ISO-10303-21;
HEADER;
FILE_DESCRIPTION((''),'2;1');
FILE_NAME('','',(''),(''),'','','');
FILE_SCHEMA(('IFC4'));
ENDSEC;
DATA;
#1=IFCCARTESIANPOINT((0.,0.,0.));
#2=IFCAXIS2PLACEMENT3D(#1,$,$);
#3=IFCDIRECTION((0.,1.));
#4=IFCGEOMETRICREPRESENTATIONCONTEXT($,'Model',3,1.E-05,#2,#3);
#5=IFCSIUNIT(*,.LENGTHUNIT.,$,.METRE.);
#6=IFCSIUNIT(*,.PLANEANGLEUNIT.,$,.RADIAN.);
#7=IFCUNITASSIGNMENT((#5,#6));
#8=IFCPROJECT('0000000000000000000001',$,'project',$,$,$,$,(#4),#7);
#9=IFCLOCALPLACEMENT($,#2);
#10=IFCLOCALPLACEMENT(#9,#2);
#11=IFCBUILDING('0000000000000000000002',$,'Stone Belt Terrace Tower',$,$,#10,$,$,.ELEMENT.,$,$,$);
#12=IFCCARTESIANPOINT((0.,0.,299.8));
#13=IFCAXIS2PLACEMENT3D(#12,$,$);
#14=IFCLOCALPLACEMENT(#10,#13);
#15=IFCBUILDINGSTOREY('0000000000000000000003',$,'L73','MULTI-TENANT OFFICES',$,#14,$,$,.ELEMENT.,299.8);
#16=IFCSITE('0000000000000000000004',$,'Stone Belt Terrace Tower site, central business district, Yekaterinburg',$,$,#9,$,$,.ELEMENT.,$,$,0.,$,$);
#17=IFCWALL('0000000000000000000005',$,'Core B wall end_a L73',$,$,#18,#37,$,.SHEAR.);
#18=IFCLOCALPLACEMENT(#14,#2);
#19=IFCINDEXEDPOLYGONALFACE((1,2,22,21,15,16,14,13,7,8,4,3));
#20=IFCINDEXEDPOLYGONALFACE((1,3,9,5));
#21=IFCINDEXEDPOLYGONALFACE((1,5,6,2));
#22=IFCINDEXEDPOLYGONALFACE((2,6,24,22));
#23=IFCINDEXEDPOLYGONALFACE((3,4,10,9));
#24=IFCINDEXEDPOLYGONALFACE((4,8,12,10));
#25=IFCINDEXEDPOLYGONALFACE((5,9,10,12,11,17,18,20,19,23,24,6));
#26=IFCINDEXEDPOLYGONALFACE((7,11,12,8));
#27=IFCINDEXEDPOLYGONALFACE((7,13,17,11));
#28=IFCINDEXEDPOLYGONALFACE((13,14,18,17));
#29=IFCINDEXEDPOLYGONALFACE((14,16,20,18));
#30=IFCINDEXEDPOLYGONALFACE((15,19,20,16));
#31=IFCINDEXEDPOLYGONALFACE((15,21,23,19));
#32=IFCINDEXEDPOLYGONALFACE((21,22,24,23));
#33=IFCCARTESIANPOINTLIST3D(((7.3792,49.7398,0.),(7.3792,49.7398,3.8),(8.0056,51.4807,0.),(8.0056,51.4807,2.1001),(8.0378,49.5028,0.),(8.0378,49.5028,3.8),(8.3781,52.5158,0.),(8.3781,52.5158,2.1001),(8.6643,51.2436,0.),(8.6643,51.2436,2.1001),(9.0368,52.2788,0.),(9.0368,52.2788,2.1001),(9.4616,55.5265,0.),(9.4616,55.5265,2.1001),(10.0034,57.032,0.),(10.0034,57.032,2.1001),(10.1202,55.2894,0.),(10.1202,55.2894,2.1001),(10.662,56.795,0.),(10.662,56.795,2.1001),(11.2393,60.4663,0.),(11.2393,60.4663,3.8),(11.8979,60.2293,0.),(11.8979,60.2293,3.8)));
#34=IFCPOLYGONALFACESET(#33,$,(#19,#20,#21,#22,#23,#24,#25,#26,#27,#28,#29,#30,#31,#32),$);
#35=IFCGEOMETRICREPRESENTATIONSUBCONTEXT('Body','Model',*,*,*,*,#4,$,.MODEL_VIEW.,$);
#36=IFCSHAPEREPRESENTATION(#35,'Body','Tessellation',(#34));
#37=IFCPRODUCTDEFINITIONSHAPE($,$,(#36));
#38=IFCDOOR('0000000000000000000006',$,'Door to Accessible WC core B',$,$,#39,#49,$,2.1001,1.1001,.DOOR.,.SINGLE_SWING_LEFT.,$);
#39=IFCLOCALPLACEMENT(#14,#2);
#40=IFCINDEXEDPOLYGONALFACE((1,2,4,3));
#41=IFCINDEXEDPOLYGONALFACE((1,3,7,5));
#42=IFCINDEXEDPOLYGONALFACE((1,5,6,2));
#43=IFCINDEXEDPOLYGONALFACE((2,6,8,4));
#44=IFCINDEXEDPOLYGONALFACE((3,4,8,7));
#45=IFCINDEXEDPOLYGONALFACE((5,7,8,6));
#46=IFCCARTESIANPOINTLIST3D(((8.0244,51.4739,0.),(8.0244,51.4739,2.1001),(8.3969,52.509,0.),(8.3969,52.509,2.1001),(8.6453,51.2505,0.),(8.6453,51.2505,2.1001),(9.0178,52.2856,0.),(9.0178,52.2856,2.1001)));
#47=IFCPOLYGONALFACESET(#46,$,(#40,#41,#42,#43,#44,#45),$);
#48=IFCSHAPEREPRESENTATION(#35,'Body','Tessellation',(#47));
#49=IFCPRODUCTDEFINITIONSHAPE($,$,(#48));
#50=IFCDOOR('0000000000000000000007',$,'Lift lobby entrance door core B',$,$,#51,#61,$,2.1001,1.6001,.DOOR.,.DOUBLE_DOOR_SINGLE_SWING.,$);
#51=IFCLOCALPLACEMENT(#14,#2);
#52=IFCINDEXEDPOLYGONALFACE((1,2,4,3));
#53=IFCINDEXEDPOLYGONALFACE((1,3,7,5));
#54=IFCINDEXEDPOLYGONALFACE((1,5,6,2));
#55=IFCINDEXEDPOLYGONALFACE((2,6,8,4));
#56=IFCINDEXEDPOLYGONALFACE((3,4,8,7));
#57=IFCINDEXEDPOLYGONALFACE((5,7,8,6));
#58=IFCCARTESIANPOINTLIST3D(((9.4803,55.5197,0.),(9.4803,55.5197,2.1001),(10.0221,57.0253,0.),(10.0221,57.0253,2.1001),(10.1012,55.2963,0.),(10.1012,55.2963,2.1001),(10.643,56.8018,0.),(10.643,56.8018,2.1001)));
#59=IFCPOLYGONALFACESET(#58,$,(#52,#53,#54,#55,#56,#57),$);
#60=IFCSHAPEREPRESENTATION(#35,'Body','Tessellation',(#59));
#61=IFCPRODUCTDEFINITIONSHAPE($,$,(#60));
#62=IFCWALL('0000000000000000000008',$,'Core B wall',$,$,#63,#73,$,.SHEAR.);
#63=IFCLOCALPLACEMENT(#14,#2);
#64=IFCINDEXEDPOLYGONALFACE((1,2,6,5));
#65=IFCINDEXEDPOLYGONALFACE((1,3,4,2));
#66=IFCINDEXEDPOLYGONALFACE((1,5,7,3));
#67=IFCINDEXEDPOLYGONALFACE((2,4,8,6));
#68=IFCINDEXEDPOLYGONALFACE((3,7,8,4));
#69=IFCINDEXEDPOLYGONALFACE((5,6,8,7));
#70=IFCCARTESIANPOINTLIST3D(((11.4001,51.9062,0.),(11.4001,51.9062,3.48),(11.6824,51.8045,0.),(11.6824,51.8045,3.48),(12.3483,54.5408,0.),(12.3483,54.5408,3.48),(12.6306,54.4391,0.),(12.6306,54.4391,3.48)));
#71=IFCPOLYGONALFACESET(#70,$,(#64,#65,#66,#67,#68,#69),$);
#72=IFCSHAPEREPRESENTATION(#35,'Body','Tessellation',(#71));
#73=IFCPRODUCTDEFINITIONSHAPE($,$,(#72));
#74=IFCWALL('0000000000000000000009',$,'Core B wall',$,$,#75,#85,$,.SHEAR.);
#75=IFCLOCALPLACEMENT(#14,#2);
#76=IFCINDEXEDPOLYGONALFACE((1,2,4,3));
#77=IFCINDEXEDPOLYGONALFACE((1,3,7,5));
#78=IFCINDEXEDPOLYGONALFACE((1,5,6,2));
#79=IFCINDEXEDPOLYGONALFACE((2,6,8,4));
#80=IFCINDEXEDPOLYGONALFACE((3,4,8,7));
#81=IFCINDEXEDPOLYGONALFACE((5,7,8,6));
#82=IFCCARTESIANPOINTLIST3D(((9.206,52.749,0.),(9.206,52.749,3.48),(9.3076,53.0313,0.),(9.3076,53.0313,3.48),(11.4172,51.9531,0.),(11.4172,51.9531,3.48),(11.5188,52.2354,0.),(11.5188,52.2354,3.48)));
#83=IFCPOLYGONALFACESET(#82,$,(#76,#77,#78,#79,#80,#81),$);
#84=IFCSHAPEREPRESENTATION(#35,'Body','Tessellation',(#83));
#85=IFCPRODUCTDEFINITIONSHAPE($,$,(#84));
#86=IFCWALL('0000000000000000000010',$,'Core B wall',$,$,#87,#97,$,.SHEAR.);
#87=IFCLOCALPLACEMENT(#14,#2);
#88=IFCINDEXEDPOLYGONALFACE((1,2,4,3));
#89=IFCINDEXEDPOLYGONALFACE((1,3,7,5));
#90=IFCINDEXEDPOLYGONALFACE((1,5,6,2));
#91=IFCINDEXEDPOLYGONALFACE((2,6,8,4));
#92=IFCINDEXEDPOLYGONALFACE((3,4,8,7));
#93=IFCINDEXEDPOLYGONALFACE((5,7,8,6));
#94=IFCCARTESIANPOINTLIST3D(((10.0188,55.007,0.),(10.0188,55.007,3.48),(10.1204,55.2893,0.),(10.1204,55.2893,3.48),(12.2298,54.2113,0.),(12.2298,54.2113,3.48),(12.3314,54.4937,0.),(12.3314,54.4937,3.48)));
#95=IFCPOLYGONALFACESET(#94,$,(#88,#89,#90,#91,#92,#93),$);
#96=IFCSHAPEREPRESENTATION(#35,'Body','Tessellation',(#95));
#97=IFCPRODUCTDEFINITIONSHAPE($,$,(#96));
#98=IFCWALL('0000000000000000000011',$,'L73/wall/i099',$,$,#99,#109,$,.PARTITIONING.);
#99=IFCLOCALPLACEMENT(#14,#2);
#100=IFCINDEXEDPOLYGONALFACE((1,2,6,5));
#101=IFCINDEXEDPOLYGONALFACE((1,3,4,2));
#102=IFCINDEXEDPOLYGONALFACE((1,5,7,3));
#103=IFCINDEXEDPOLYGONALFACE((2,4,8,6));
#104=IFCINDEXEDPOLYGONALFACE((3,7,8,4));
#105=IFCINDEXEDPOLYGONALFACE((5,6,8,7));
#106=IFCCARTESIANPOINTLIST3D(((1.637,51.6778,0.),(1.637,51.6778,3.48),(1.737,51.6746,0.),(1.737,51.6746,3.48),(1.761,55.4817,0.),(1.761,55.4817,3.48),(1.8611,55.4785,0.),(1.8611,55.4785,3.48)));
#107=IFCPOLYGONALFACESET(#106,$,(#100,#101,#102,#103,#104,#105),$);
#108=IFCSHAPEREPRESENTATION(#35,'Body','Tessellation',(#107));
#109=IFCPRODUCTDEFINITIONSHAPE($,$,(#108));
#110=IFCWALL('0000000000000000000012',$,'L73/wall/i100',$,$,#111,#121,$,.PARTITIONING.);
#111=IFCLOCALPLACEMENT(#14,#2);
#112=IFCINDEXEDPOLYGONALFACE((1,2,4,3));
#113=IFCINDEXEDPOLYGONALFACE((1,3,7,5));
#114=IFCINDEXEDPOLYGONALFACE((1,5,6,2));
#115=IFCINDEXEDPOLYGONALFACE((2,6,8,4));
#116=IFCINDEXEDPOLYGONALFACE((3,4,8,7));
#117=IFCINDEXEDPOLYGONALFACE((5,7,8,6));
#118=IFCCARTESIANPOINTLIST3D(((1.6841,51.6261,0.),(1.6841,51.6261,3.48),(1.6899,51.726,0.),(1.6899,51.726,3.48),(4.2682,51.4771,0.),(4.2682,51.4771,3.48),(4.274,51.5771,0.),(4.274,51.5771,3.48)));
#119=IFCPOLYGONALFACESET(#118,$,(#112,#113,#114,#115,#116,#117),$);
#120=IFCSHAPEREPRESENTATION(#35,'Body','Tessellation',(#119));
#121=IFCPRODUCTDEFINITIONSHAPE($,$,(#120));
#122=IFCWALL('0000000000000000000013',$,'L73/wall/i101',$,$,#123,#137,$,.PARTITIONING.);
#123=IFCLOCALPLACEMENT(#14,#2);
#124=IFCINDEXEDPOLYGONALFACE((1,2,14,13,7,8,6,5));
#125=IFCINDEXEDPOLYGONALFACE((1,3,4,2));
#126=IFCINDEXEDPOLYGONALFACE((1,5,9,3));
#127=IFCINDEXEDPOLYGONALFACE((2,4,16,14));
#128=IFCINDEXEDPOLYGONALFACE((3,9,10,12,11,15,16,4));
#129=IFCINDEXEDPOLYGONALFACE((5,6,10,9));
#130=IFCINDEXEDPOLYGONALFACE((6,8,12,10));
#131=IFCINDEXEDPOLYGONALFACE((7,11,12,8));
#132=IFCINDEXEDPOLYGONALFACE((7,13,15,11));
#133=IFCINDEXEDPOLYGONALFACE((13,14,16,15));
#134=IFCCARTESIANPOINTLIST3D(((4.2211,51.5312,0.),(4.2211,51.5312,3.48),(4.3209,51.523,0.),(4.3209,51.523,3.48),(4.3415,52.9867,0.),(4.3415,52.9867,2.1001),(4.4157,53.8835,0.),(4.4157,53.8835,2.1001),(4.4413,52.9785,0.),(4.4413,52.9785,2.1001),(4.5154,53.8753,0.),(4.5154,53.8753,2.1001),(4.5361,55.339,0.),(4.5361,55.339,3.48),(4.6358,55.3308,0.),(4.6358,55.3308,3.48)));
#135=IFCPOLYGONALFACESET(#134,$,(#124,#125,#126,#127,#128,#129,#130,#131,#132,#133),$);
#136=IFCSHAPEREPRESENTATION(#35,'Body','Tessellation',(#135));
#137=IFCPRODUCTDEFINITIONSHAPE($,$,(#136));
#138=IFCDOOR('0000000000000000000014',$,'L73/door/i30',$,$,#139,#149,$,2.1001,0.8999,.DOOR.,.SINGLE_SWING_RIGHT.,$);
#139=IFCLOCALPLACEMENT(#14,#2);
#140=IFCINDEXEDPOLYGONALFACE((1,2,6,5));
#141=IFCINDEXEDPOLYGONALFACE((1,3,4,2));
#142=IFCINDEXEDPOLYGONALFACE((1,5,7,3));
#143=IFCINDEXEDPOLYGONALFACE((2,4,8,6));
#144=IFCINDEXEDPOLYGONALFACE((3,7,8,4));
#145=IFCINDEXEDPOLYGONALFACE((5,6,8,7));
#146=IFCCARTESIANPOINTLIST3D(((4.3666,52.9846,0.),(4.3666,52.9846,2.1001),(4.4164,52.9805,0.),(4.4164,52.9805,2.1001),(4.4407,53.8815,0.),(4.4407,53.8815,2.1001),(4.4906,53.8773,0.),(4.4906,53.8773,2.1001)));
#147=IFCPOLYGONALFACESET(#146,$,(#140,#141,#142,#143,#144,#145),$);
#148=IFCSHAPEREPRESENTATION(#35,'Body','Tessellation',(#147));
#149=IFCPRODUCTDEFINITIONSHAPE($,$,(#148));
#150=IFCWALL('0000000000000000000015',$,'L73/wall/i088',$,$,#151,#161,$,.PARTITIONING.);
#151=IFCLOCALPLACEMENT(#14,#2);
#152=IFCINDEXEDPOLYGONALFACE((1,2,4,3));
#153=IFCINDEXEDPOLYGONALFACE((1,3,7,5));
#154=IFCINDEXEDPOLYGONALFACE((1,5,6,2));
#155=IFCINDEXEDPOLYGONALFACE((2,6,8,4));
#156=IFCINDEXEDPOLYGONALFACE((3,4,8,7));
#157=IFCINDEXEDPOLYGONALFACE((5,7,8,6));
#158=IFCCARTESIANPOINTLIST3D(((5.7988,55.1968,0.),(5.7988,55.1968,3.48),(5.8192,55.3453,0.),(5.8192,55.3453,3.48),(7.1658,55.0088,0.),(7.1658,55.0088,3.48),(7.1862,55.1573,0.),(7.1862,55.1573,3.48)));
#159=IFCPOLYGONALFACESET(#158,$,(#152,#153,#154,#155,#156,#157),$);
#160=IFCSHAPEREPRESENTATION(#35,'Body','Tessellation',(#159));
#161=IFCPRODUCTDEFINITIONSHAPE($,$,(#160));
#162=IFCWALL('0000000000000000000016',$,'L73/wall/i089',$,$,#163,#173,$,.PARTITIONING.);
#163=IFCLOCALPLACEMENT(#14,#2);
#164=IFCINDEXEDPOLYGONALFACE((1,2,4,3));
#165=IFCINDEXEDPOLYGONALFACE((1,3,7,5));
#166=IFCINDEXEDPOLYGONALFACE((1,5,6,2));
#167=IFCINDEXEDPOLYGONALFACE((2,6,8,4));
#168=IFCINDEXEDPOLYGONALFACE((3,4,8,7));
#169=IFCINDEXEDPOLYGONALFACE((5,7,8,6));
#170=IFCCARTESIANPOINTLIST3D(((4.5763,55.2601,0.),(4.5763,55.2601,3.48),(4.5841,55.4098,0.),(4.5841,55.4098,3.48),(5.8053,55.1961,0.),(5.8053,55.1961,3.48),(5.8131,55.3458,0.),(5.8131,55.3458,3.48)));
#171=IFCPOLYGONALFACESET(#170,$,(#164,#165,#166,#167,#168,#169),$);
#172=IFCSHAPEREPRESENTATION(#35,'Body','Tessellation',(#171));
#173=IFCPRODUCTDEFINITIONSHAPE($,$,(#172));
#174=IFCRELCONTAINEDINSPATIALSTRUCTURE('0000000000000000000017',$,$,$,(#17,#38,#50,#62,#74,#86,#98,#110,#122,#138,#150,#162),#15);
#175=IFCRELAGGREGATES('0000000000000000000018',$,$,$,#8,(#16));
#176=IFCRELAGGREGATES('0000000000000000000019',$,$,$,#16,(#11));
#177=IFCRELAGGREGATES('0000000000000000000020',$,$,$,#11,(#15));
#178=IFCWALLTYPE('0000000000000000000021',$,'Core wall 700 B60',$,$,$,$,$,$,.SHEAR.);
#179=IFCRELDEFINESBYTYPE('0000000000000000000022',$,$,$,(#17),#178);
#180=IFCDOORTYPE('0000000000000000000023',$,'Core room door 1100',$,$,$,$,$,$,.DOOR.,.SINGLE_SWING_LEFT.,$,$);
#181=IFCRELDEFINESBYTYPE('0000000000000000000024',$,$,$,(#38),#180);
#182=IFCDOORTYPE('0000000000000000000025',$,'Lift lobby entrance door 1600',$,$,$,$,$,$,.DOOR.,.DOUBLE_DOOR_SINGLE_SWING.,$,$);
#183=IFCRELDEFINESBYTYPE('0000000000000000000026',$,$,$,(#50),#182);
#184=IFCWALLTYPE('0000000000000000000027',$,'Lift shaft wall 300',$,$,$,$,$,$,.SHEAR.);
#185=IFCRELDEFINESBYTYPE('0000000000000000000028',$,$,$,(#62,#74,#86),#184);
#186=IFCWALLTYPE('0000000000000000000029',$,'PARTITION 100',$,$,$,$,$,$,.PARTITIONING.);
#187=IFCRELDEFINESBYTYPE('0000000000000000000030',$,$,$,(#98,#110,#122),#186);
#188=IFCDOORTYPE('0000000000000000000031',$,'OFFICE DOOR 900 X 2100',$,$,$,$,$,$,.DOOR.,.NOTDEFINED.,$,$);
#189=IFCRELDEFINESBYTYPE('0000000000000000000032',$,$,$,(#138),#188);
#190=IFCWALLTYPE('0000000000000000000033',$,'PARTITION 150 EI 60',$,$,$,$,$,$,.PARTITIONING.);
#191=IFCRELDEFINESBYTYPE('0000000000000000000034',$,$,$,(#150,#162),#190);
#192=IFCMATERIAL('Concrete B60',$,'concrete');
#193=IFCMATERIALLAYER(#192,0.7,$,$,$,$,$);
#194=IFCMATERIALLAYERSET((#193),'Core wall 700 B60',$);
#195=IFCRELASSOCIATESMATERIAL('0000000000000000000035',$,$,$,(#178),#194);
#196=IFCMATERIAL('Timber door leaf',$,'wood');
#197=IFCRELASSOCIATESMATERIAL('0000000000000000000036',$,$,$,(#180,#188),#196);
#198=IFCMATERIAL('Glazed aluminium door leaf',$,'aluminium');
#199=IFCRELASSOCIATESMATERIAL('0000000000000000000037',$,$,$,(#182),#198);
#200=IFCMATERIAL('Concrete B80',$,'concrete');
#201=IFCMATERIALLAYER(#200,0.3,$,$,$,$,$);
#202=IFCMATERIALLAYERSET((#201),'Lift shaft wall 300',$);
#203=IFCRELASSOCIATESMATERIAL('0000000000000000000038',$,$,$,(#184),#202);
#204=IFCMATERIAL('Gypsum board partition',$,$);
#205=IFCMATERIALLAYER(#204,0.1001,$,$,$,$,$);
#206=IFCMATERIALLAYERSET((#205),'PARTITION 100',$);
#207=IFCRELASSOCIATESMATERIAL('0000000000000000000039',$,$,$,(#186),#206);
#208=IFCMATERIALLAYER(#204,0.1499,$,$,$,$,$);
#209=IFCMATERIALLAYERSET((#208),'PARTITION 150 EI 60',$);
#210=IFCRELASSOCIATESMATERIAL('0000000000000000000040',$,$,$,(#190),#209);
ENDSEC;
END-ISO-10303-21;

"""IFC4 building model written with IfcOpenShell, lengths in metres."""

from ifc_helpers import new_model, si_unit, direction, frame, frame_2d, origin, place, context, subcontext, project, spatial, rectangle, extrude, material, layer, layer_set, type_object, element, fill, save


model = new_model("IFC4")

# Units and contexts
model_context = context("Model", 3, precision=1e-05, world=origin(), true_north=direction((0.0, 1.0)))
body_context = subcontext(model_context, "Body", "Model", "MODEL_VIEW")
ifc_project = project(units=[si_unit("LENGTHUNIT", "METRE"), si_unit("PLANEANGLEUNIT", "RADIAN")], contexts=[model_context])

# Site, building, storey
site_placement = place(None, origin())
site = spatial("IfcSite", under=ifc_project, at=site_placement, Name="Stone Belt Terrace Tower site, central business district, Yekaterinburg", CompositionType="ELEMENT", RefElevation=0.0)
building_placement = place(site_placement, origin())
building = spatial("IfcBuilding", under=site, at=building_placement, Name="Stone Belt Terrace Tower", CompositionType="ELEMENT")
storey_placement = place(building_placement, frame((0.0, 0.0, 299.8)))
storey = spatial("IfcBuildingStorey", under=building, at=storey_placement, Name="L73", Description="MULTI-TENANT OFFICES", CompositionType="ELEMENT", Elevation=299.8)

# Shared definitions
ifc_material_1 = material(Name="Concrete B60", Category="concrete")

# Shared definitions
ifc_material_2 = material(Name="Timber door leaf", Category="wood")

# Wall, openings, doors
ifc_layer_1 = layer(ifc_material_1, 0.7)
ifc_layer_set_1 = layer_set([ifc_layer_1], Name="Core wall 700 B60")
wall_type_1 = type_object("IfcWallType", Name="Core wall 700 B60", PredefinedType="SHEAR", material=ifc_layer_set_1)
door_type_1 = type_object("IfcDoorType", Name="Core room door 1100", OperationType="SINGLE_SWING_LEFT", PredefinedType="DOOR", material=ifc_material_2)
wall_1_placement = place(storey_placement, frame((7.7085, 49.6213, 0.0), z_axis=(0.0, 0.0, 1.0), x_axis=(0.338606, 0.940928, 0.0)))
wall_1 = element("IfcWall", 1, at=wall_1_placement, inside=storey, type_object=wall_type_1, Name="Core B wall end_a L73", PredefinedType="SHEAR", context=body_context, shape_type="SweptSolid", body=[
    extrude(rectangle(XDim=11.3999, YDim=0.7, at=frame_2d((5.7, 0.0))), origin(), (0.0, 0.0, 1.0), 3.8),
])
opening_1_placement = place(wall_1_placement, frame((6.1499, 0.0, 0.0)))
opening_1 = element("IfcOpeningElement", 2, at=opening_1_placement, cuts=wall_1, PredefinedType="OPENING", context=body_context, shape_type="SweptSolid", body=[
    extrude(rectangle(XDim=1.6001, YDim=2.1001, at=frame_2d((0.8, 1.05))), frame((0.0, 0.3599, 0.0), z_axis=(0.0, -1.0, 0.0), x_axis=(1.0, 0.0, 0.0)), (0.0, 0.0, 1.0), 0.72),
])
opening_2_placement = place(wall_1_placement, frame((1.8501, 0.0, 0.0)))
opening_2 = element("IfcOpeningElement", 3, at=opening_2_placement, cuts=wall_1, PredefinedType="OPENING", context=body_context, shape_type="SweptSolid", body=[
    extrude(rectangle(XDim=1.1001, YDim=2.1001, at=frame_2d((0.55, 1.05))), frame((0.0, 0.3599, 0.0), z_axis=(0.0, -1.0, 0.0), x_axis=(1.0, 0.0, 0.0)), (0.0, 0.0, 1.0), 0.72),
])
door_1_placement = place(opening_2_placement, origin())
door_1 = element("IfcDoor", 4, at=door_1_placement, inside=storey, type_object=door_type_1, Name="Door to Accessible WC core B", OperationType="SINGLE_SWING_LEFT", OverallHeight=2.1001, OverallWidth=1.1001, PredefinedType="DOOR", context=body_context, shape_type="SweptSolid", body=[
    extrude(rectangle(XDim=1.1001, YDim=2.1001, at=frame_2d((0.55, 1.05))), frame((0.0, 0.3301, 0.0), z_axis=(0.0, -1.0, 0.0), x_axis=(1.0, 0.0, 0.0)), (0.0, 0.0, 1.0), 0.6599),
])
fill(opening_2, door_1)
ifc_material_3 = material(Name="Glazed aluminium door leaf", Category="aluminium")
door_type_2 = type_object("IfcDoorType", Name="Lift lobby entrance door 1600", OperationType="DOUBLE_DOOR_SINGLE_SWING", PredefinedType="DOOR", material=ifc_material_3)
door_2_placement = place(opening_1_placement, origin())
door_2 = element("IfcDoor", 5, at=door_2_placement, inside=storey, type_object=door_type_2, Name="Lift lobby entrance door core B", OperationType="DOUBLE_DOOR_SINGLE_SWING", OverallHeight=2.1001, OverallWidth=1.6001, PredefinedType="DOOR", context=body_context, shape_type="SweptSolid", body=[
    extrude(rectangle(XDim=1.6001, YDim=2.1001, at=frame_2d((0.8, 1.05))), frame((0.0, 0.3301, 0.0), z_axis=(0.0, -1.0, 0.0), x_axis=(1.0, 0.0, 0.0)), (0.0, 0.0, 1.0), 0.6599),
])
fill(opening_1, door_2)

# Walls
ifc_material_4 = material(Name="Concrete B80", Category="concrete")
ifc_layer_2 = layer(ifc_material_4, 0.3)
ifc_layer_set_2 = layer_set([ifc_layer_2], Name="Lift shaft wall 300")
wall_type_2 = type_object("IfcWallType", Name="Lift shaft wall 300", PredefinedType="SHEAR", material=ifc_layer_set_2)
wall_2_placement = place(storey_placement, frame((11.5413, 51.8555, 0.0), z_axis=(0.0, 0.0, 1.0), x_axis=(0.338661, 0.940909, 0.0)))
element("IfcWall", 6, at=wall_2_placement, inside=storey, type_object=wall_type_2, Name="Core B wall", PredefinedType="SHEAR", context=body_context, shape_type="SweptSolid", body=[
    extrude(rectangle(XDim=2.8, YDim=0.3, at=frame_2d((1.3999, 0.0))), origin(), (0.0, 0.0, 1.0), 3.48),
])
wall_3_placement = place(storey_placement, frame((11.468, 52.0942, 0.0), z_axis=(0.0, 0.0, 1.0), x_axis=(-0.940905, 0.338672, 0.0)))
element("IfcWall", 7, at=wall_3_placement, inside=storey, type_object=wall_type_2, Name="Core B wall", PredefinedType="SHEAR", context=body_context, shape_type="SweptSolid", body=[
    extrude(rectangle(XDim=2.3501, YDim=0.3, at=frame_2d((1.175, 0.0))), origin(), (0.0, 0.0, 1.0), 3.48),
])
wall_4_placement = place(storey_placement, frame((12.2805, 54.3525, 0.0), z_axis=(0.0, 0.0, 1.0), x_axis=(-0.940926, 0.338613, 0.0)))
element("IfcWall", 8, at=wall_4_placement, inside=storey, type_object=wall_type_2, Name="Core B wall", PredefinedType="SHEAR", context=body_context, shape_type="SweptSolid", body=[
    extrude(rectangle(XDim=2.3499, YDim=0.3, at=frame_2d((1.1748, 0.0))), origin(), (0.0, 0.0, 1.0), 3.48),
])
ifc_material_5 = material(Name="Gypsum board partition")
ifc_layer_3 = layer(ifc_material_5, 0.1001)
ifc_layer_set_3 = layer_set([ifc_layer_3], Name="PARTITION 100")
wall_type_3 = type_object("IfcWallType", Name="PARTITION 100", PredefinedType="PARTITIONING", material=ifc_layer_set_3)
wall_5_placement = place(storey_placement, frame((1.811, 55.48, 0.0), z_axis=(0.0, 0.0, 1.0), x_axis=(-0.032586, -0.999469, 0.0)))
element("IfcWall", 9, at=wall_5_placement, inside=storey, type_object=wall_type_3, Name="L73/wall/i099", PredefinedType="PARTITIONING", context=body_context, shape_type="SweptSolid", body=[
    extrude(rectangle(XDim=3.8059, YDim=0.1001, at=frame_2d((1.9028, 0.0))), origin(), (0.0, 0.0, 1.0), 3.48),
])
wall_6_placement = place(storey_placement, frame((1.687, 51.676, 0.0), z_axis=(0.0, 0.0, 1.0), x_axis=(0.998343, -0.057539, 0.0)))
element("IfcWall", 10, at=wall_6_placement, inside=storey, type_object=wall_type_3, Name="L73/wall/i100", PredefinedType="PARTITIONING", context=body_context, shape_type="SweptSolid", body=[
    extrude(rectangle(XDim=2.5884, YDim=0.1001, at=frame_2d((1.2942, 0.0))), origin(), (0.0, 0.0, 1.0), 3.48),
])

# Wall, opening, door
wall_7_placement = place(storey_placement, frame((4.271, 51.5271, 0.0), z_axis=(0.0, 0.0, 1.0), x_axis=(0.082427, 0.996597, 0.0)))
wall_7 = element("IfcWall", 11, at=wall_7_placement, inside=storey, type_object=wall_type_3, Name="L73/wall/i101", PredefinedType="PARTITIONING", context=body_context, shape_type="SweptSolid", body=[
    extrude(rectangle(XDim=3.8208, YDim=0.1001, at=frame_2d((1.9104, 0.0))), origin(), (0.0, 0.0, 1.0), 3.48),
])
opening_3_placement = place(wall_7_placement, frame((1.4604, 0.0, 0.0)))
opening_3 = element("IfcOpeningElement", 12, at=opening_3_placement, cuts=wall_7, PredefinedType="OPENING", context=body_context, shape_type="SweptSolid", body=[
    extrude(rectangle(XDim=0.8999, YDim=2.1001, at=frame_2d((0.45, 1.05))), frame((0.0, 0.0601, 0.0), z_axis=(0.0, -1.0, 0.0), x_axis=(1.0, 0.0, 0.0)), (0.0, 0.0, 1.0), 0.1201),
])
door_type_3 = type_object("IfcDoorType", Name="OFFICE DOOR 900 X 2100", OperationType="NOTDEFINED", PredefinedType="DOOR", material=ifc_material_2)
door_3_placement = place(opening_3_placement, origin())
door_3 = element("IfcDoor", 13, at=door_3_placement, inside=storey, type_object=door_type_3, Name="L73/door/i30", OperationType="SINGLE_SWING_RIGHT", OverallHeight=2.1001, OverallWidth=0.8999, PredefinedType="DOOR", context=body_context, shape_type="SweptSolid", body=[
    extrude(rectangle(XDim=0.8999, YDim=2.1001, at=frame_2d((0.45, 1.05))), frame((0.0, 0.0249, 0.0), z_axis=(0.0, -1.0, 0.0), x_axis=(1.0, 0.0, 0.0)), (0.0, 0.0, 1.0), 0.05),
])
fill(opening_3, door_3)

# Walls
ifc_layer_4 = layer(ifc_material_5, 0.1499)
ifc_layer_set_4 = layer_set([ifc_layer_4], Name="PARTITION 150 EI 60")
wall_type_4 = type_object("IfcWallType", Name="PARTITION 150 EI 60", PredefinedType="PARTITIONING", material=ifc_layer_set_4)
wall_8_placement = place(storey_placement, frame((7.176, 55.083, 0.0), z_axis=(0.0, 0.0, 1.0), x_axis=(-0.990676, 0.136242, 0.0)))
element("IfcWall", 14, at=wall_8_placement, inside=storey, type_object=wall_type_4, Name="L73/wall/i088", PredefinedType="PARTITIONING", context=body_context, shape_type="SweptSolid", body=[
    extrude(rectangle(XDim=1.3799, YDim=0.1499, at=frame_2d((0.6899, 0.0))), origin(), (0.0, 0.0, 1.0), 3.48),
])
wall_9_placement = place(storey_placement, frame((5.8091, 55.271, 0.0), z_axis=(0.0, 0.0, 1.0), x_axis=(-0.998648, 0.051976, 0.0)))
element("IfcWall", 15, at=wall_9_placement, inside=storey, type_object=wall_type_4, Name="L73/wall/i089", PredefinedType="PARTITIONING", context=body_context, shape_type="SweptSolid", body=[
    extrude(rectangle(XDim=1.2307, YDim=0.1499, at=frame_2d((0.6152, 0.0))), origin(), (0.0, 0.0, 1.0), 3.48),
])

save(model, "model.ifc")
